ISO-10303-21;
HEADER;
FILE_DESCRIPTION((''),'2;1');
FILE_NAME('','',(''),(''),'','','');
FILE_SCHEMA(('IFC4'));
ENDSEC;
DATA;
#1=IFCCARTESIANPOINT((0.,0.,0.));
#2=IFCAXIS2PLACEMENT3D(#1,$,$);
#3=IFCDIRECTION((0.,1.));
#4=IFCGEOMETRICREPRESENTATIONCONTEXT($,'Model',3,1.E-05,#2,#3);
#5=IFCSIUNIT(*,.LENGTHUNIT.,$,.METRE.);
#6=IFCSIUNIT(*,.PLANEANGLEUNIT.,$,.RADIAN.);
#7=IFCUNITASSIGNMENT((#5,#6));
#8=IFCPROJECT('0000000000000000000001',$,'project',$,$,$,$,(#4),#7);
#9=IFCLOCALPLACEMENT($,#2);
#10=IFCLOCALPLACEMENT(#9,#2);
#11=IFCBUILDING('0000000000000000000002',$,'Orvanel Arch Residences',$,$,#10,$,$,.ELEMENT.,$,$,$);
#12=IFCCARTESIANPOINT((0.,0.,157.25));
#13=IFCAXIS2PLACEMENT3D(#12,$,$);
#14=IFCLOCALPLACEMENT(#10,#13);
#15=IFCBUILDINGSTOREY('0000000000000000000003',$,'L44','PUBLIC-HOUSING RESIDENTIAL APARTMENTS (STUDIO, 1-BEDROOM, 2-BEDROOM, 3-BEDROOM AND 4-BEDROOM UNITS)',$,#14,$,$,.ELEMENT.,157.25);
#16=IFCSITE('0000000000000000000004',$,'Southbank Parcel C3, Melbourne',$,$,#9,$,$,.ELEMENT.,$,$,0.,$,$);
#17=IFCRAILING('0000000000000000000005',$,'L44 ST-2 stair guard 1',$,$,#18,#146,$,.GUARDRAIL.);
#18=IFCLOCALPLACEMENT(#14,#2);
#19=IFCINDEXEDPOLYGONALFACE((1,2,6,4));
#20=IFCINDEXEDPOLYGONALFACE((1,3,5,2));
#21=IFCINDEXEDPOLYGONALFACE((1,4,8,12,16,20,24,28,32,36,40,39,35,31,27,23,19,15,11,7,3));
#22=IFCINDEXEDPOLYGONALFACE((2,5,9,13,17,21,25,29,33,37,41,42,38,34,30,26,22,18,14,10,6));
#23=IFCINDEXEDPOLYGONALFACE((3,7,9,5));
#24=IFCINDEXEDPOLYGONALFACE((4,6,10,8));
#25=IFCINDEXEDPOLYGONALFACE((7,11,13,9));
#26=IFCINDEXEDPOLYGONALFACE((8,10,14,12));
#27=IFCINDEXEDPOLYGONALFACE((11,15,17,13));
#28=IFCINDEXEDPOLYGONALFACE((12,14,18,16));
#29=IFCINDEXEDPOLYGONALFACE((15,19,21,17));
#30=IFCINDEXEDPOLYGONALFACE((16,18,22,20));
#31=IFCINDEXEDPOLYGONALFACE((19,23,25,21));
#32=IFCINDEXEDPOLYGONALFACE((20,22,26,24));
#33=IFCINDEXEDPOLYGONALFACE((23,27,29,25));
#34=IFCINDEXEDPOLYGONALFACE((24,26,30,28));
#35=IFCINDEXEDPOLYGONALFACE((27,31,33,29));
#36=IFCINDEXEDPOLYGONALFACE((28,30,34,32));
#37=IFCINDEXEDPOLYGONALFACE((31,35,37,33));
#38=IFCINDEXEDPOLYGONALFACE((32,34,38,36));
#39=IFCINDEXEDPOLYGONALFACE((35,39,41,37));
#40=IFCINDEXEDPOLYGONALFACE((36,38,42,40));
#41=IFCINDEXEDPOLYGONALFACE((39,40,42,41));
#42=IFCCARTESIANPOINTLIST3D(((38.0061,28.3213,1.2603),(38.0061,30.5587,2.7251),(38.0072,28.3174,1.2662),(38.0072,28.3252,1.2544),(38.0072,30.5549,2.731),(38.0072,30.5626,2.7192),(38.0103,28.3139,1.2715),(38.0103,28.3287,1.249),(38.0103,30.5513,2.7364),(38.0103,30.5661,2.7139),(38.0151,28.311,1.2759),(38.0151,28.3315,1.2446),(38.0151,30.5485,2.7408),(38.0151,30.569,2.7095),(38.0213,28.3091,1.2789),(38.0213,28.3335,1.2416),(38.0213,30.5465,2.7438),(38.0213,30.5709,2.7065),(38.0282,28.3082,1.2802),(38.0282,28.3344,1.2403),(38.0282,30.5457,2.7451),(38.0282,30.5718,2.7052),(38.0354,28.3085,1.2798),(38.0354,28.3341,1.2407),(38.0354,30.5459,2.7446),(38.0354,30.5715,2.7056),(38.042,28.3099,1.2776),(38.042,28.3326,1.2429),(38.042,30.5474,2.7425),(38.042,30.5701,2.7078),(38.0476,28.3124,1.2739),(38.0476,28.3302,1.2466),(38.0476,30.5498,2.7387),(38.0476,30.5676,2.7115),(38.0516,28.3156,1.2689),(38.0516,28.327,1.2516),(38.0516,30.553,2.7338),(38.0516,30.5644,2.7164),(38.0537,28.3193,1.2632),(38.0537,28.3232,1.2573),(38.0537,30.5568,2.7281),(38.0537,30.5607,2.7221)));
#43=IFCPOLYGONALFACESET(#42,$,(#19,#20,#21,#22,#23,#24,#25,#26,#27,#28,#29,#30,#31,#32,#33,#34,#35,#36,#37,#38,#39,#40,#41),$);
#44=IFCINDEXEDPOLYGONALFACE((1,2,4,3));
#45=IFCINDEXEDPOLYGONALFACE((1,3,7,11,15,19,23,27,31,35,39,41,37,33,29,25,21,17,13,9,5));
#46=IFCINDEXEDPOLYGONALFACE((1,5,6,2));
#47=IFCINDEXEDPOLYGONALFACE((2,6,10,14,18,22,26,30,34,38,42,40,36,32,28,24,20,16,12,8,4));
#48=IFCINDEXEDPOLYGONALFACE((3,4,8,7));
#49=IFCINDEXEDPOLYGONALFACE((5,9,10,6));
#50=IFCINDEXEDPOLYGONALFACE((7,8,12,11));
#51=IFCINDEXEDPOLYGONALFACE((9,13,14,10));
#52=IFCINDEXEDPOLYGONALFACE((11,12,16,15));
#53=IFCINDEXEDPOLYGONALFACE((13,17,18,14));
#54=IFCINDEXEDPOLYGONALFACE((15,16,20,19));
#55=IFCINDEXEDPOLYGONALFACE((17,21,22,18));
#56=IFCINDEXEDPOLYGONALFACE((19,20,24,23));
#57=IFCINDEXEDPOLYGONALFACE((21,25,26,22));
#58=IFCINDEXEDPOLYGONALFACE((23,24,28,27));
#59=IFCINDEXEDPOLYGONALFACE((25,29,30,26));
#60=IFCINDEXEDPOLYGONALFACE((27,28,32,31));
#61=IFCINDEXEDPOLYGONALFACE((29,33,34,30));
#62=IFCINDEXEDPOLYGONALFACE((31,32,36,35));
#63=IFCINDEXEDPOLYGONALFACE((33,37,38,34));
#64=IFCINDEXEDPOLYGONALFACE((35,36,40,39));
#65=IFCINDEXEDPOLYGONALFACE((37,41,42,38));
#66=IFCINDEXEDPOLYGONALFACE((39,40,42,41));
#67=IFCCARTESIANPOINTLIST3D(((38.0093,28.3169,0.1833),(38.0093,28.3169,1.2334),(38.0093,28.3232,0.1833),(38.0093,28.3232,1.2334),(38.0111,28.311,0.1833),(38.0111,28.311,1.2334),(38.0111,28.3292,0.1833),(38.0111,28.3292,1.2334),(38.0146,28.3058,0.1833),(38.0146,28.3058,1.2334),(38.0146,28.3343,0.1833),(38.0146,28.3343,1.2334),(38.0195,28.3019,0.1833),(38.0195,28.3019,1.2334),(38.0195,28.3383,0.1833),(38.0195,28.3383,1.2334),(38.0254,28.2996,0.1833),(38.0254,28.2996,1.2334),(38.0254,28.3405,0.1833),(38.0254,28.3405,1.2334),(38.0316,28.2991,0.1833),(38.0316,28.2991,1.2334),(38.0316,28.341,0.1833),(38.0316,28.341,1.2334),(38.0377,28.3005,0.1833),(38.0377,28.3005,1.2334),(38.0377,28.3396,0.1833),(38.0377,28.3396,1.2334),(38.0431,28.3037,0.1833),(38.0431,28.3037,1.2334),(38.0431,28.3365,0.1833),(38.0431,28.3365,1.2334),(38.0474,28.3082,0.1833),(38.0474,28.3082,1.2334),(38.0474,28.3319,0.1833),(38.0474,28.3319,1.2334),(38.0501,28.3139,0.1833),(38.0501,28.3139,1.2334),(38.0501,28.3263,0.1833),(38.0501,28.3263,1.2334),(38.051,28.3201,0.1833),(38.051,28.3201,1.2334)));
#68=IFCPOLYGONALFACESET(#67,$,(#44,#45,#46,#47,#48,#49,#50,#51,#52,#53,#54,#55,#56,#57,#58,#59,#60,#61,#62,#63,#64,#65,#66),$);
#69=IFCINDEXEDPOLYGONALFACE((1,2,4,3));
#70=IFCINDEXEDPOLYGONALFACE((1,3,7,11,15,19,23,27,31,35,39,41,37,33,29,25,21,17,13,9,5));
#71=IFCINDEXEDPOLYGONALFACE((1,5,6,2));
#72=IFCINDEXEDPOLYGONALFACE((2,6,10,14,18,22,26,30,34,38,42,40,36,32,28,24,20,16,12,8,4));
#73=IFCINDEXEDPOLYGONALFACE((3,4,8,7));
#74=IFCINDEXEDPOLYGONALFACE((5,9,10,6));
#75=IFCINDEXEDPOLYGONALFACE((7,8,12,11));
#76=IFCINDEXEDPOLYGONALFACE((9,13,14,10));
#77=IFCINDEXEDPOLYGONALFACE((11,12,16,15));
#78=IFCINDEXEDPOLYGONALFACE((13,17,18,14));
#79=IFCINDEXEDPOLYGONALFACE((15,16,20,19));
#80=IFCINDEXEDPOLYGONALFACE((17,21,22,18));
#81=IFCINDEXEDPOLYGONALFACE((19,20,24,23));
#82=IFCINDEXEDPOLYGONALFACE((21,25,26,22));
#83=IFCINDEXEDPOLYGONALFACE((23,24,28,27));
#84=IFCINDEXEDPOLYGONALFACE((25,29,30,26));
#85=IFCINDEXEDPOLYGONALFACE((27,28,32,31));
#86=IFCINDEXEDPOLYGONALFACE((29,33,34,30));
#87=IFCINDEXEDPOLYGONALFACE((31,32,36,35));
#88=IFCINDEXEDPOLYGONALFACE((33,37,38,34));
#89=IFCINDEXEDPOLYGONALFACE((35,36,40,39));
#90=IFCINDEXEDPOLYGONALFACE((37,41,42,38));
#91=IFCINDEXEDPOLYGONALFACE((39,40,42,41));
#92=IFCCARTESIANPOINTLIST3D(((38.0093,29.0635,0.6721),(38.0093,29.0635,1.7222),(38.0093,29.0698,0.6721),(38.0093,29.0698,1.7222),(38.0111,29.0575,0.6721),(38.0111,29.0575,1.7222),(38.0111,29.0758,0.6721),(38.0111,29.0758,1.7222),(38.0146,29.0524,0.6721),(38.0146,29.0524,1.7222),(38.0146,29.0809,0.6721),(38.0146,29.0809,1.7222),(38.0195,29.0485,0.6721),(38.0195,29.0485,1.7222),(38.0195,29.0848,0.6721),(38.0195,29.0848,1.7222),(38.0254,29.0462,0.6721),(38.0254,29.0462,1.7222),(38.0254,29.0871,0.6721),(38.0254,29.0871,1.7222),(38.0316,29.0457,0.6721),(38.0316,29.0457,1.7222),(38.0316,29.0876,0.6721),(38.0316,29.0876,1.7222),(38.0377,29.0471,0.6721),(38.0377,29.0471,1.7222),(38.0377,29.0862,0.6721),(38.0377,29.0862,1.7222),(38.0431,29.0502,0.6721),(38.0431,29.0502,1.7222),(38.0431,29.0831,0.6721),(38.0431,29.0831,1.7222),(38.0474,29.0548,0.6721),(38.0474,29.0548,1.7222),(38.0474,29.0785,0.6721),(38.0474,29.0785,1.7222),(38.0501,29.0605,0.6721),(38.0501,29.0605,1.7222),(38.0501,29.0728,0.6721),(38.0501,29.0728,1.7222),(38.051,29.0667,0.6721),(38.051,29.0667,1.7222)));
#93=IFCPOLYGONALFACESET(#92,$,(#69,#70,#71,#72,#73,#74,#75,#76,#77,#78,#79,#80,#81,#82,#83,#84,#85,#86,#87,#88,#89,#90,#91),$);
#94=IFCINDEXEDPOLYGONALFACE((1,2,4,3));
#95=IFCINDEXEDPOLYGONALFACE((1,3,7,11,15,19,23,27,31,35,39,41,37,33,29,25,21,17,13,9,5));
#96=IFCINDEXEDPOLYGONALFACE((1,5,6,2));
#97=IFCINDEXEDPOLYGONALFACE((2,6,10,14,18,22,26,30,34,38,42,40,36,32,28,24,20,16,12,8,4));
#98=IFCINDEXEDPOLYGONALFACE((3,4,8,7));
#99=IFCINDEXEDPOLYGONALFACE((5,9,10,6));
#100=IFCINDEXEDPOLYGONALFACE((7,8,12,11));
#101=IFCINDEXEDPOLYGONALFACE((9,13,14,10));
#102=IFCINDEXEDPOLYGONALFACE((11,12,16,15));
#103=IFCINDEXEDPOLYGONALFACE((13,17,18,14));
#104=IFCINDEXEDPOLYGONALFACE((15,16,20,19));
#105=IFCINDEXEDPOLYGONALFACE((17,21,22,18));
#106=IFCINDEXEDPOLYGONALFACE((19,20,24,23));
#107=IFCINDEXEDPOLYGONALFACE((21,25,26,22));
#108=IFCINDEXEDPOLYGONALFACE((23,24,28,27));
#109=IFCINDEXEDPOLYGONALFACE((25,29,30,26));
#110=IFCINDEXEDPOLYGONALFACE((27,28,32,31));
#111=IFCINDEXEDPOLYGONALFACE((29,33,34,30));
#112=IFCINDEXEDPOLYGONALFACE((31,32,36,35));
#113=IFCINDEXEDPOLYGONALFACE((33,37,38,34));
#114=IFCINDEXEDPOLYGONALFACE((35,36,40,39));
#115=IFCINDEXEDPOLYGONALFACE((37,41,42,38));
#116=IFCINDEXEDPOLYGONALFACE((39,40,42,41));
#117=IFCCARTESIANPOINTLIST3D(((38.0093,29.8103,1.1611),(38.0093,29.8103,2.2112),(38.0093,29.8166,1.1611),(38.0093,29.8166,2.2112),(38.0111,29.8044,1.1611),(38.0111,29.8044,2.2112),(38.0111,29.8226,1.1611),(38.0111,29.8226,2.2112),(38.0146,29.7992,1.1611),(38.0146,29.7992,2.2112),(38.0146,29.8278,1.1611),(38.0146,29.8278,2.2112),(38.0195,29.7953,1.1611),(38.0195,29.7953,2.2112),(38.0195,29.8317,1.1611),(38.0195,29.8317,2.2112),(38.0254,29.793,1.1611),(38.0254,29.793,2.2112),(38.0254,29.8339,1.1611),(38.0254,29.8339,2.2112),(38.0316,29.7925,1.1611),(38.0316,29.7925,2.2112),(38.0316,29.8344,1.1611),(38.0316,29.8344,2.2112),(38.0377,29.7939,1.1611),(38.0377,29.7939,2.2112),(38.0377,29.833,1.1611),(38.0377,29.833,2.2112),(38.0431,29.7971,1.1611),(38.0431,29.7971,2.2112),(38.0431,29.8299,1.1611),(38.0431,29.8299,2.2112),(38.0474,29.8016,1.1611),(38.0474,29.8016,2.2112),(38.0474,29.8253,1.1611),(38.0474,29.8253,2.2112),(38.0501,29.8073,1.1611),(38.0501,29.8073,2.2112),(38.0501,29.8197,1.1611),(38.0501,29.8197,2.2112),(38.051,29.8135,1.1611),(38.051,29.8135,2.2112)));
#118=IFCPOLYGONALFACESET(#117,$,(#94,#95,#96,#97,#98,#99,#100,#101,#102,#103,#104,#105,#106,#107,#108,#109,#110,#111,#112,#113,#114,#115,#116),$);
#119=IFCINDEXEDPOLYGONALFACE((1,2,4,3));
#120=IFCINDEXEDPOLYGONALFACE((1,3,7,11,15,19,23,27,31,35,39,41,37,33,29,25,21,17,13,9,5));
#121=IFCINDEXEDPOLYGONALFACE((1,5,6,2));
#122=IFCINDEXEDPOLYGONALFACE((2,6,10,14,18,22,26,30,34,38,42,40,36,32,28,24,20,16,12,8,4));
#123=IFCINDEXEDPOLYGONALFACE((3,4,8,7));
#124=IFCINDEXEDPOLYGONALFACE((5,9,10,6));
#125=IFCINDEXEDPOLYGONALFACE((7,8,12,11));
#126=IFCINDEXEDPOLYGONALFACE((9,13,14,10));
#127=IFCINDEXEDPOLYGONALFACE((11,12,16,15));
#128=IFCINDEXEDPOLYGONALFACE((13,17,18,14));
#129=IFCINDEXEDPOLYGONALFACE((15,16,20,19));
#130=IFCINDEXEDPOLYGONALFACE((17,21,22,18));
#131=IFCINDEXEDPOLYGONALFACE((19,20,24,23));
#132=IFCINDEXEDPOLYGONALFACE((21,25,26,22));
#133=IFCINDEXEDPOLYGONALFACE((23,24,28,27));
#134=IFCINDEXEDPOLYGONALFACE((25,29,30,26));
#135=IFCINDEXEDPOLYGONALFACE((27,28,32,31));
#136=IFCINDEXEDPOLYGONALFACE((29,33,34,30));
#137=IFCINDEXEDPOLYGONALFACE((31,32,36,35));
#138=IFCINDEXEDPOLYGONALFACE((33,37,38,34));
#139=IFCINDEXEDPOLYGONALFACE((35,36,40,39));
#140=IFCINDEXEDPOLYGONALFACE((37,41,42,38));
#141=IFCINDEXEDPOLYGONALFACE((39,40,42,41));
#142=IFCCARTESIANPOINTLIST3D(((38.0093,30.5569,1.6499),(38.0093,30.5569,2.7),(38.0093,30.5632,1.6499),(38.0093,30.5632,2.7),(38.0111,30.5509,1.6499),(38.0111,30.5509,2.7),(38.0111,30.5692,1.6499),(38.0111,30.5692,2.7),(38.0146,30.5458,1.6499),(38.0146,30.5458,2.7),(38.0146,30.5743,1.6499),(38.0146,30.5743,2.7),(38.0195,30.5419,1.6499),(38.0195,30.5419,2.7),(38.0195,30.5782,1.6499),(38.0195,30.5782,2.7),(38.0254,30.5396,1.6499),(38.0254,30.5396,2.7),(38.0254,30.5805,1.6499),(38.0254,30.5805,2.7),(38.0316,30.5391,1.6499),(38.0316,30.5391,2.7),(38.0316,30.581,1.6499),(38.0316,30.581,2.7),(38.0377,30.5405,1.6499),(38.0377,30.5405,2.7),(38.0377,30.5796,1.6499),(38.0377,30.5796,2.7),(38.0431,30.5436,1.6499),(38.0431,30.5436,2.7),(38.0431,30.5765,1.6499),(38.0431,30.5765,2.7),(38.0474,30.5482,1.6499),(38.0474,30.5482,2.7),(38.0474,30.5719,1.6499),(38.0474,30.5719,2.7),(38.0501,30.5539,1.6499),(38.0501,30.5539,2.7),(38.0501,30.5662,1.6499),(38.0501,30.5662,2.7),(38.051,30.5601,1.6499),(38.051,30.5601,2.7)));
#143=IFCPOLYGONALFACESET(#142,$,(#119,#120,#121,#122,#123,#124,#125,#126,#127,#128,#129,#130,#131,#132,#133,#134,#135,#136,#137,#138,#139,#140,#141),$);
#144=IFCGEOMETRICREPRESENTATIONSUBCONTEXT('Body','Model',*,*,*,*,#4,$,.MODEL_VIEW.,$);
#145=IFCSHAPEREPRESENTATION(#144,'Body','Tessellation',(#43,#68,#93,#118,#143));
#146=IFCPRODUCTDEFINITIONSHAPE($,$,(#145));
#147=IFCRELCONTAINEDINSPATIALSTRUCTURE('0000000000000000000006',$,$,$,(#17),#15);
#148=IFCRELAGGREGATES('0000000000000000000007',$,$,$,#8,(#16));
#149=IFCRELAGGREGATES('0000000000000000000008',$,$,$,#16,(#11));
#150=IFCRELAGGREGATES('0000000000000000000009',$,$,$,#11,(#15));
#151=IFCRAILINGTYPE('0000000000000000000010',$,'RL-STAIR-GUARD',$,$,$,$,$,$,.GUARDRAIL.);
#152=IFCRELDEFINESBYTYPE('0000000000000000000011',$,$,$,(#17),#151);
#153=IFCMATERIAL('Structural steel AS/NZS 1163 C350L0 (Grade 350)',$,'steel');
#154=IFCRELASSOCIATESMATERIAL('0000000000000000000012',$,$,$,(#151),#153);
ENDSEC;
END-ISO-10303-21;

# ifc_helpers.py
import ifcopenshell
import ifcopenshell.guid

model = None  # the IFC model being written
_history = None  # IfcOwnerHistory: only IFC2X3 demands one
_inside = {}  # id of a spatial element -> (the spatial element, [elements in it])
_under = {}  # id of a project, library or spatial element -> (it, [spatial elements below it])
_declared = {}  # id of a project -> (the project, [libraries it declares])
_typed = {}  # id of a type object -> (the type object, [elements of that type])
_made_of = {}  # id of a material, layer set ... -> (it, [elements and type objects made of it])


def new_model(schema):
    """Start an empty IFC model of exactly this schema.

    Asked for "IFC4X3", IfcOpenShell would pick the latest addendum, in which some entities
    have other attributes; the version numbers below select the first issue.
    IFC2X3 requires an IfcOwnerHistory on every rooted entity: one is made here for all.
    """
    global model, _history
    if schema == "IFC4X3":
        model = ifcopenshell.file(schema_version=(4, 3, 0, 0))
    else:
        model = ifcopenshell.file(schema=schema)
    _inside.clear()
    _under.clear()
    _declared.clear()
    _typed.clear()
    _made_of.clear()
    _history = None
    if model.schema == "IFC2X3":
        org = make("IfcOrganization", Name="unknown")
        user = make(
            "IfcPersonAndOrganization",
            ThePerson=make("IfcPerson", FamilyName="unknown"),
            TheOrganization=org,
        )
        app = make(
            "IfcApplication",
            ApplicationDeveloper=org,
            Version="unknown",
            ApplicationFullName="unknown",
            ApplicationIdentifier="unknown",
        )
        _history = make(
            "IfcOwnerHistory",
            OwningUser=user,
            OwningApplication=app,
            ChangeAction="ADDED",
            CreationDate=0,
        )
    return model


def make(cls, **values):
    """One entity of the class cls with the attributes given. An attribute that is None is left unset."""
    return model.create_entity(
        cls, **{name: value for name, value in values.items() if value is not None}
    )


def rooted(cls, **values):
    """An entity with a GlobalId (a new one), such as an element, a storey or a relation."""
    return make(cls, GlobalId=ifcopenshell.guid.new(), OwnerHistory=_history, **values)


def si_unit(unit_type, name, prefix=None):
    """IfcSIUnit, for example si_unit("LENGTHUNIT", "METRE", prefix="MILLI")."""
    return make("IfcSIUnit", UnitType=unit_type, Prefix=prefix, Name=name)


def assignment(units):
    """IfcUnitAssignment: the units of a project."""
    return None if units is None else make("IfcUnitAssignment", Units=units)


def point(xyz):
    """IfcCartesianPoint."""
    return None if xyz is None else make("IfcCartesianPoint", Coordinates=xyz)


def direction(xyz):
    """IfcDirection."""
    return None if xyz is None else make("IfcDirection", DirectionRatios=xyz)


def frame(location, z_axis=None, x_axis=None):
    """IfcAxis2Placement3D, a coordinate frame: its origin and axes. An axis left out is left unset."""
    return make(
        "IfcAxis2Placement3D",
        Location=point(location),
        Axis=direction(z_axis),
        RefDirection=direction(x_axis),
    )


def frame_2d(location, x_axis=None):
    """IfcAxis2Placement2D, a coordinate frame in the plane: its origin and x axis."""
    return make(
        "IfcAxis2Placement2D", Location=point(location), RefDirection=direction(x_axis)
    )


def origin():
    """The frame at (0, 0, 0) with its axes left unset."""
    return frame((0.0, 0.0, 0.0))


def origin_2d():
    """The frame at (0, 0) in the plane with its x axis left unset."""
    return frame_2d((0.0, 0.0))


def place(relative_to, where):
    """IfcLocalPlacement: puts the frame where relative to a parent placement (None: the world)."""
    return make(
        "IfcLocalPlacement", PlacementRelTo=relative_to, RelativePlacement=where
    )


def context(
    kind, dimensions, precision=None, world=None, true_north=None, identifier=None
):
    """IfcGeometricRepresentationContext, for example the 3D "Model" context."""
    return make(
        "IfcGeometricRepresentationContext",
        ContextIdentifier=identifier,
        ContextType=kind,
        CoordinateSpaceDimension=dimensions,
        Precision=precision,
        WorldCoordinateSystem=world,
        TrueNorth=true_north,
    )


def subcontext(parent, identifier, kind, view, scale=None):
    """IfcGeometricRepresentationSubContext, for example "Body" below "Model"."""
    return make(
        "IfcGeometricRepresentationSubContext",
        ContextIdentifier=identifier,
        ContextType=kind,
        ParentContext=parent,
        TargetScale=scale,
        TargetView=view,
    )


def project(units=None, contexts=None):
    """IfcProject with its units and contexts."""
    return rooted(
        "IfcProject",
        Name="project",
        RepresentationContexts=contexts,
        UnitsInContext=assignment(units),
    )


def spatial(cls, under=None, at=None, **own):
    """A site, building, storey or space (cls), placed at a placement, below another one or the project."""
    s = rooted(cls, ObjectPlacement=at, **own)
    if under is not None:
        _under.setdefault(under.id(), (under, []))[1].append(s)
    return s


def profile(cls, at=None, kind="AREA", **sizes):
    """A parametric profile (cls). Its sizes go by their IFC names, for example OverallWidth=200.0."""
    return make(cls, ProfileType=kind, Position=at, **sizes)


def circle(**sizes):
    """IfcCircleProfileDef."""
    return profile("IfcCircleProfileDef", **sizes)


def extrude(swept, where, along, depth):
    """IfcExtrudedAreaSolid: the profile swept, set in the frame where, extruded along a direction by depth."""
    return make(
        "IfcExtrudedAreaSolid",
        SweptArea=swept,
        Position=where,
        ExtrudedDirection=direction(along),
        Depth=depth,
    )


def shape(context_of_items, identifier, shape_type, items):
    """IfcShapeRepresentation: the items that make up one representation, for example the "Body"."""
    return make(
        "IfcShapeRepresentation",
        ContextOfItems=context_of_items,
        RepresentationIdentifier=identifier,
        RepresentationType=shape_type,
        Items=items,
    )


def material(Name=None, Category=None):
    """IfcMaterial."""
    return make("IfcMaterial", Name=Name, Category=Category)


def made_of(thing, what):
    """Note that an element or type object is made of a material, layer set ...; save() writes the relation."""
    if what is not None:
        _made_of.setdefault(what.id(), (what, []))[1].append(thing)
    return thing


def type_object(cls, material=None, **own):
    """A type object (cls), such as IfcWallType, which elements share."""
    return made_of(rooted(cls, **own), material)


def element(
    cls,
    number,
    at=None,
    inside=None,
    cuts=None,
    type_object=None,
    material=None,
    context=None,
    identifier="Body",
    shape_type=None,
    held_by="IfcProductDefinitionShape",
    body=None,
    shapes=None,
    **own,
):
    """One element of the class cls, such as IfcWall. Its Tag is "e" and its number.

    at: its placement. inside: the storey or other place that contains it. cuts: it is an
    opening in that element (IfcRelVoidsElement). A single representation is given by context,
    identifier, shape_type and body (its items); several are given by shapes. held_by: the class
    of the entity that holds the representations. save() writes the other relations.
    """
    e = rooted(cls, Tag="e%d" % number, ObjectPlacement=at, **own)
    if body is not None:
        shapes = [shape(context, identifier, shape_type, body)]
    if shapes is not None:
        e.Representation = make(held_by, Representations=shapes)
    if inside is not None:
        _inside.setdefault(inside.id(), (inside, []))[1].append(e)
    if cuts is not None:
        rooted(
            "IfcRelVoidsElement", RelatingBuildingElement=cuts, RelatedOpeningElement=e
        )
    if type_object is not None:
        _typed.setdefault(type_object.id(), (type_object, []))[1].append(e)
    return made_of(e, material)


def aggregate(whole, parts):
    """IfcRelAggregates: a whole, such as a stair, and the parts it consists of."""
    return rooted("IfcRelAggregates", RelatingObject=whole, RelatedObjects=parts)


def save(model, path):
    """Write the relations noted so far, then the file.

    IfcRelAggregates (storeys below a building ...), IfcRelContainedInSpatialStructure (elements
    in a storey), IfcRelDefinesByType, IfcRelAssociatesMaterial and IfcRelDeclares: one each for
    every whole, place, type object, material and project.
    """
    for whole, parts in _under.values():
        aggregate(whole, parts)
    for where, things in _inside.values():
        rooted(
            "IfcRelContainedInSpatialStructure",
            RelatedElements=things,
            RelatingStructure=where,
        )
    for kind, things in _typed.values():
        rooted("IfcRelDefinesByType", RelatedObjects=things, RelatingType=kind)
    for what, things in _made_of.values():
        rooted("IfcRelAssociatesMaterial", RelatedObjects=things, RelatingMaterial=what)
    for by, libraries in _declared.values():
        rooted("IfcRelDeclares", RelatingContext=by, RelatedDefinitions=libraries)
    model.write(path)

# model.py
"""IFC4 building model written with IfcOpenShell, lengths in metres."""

from ifc_helpers import new_model, si_unit, direction, frame, origin, origin_2d, place, context, subcontext, project, spatial, circle, extrude, material, type_object, element, save


model = new_model("IFC4")

# Units and contexts
model_context = context("Model", 3, precision=1e-05, world=origin(), true_north=direction((0.0, 1.0)))
body_context = subcontext(model_context, "Body", "Model", "MODEL_VIEW")
ifc_project = project(units=[si_unit("LENGTHUNIT", "METRE"), si_unit("PLANEANGLEUNIT", "RADIAN")], contexts=[model_context])

# Site, building, storey
site_placement = place(None, origin())
site = spatial("IfcSite", under=ifc_project, at=site_placement, Name="Southbank Parcel C3, Melbourne", CompositionType="ELEMENT", RefElevation=0.0)
building_placement = place(site_placement, origin())
building = spatial("IfcBuilding", under=site, at=building_placement, Name="Orvanel Arch Residences", CompositionType="ELEMENT")
storey_placement = place(building_placement, frame((0.0, 0.0, 157.25)))
storey = spatial("IfcBuildingStorey", under=building, at=storey_placement, Name="L44", Description="PUBLIC-HOUSING RESIDENTIAL APARTMENTS (STUDIO, 1-BEDROOM, 2-BEDROOM, 3-BEDROOM AND 4-BEDROOM UNITS)", CompositionType="ELEMENT", Elevation=157.25)

# Railing
ifc_material_1 = material(Name="Structural steel AS/NZS 1163 C350L0 (Grade 350)", Category="steel")
railing_type_1 = type_object("IfcRailingType", Name="RL-STAIR-GUARD", PredefinedType="GUARDRAIL", material=ifc_material_1)
railing_1_placement = place(storey_placement, frame((38.03, 28.3201, 0.1833)))
element("IfcRailing", 1, at=railing_1_placement, inside=storey, type_object=railing_type_1, Name="L44 ST-2 stair guard 1", PredefinedType="GUARDRAIL", context=body_context, shape_type="SweptSolid", body=[
    extrude(circle(Radius=0.0239, at=origin_2d()), frame((0.0, 0.0012, 1.0769), z_axis=(0.0, 0.836637, 0.547758), x_axis=(-1.0, 0.0, 0.0)), (0.0, 0.0, 1.0), 2.6743),
    extrude(circle(Radius=0.021, at=origin_2d()), origin(), (0.0, 0.0, 1.0), 1.05),
    extrude(circle(Radius=0.021, at=origin_2d()), frame((0.0, 0.7466, 0.4888)), (0.0, 0.0, 1.0), 1.05),
    extrude(circle(Radius=0.021, at=origin_2d()), frame((0.0, 1.4934, 0.9778)), (0.0, 0.0, 1.0), 1.05),
    extrude(circle(Radius=0.021, at=origin_2d()), frame((0.0, 2.24, 1.4666)), (0.0, 0.0, 1.0), 1.05),
])

save(model, "model.ifc")
